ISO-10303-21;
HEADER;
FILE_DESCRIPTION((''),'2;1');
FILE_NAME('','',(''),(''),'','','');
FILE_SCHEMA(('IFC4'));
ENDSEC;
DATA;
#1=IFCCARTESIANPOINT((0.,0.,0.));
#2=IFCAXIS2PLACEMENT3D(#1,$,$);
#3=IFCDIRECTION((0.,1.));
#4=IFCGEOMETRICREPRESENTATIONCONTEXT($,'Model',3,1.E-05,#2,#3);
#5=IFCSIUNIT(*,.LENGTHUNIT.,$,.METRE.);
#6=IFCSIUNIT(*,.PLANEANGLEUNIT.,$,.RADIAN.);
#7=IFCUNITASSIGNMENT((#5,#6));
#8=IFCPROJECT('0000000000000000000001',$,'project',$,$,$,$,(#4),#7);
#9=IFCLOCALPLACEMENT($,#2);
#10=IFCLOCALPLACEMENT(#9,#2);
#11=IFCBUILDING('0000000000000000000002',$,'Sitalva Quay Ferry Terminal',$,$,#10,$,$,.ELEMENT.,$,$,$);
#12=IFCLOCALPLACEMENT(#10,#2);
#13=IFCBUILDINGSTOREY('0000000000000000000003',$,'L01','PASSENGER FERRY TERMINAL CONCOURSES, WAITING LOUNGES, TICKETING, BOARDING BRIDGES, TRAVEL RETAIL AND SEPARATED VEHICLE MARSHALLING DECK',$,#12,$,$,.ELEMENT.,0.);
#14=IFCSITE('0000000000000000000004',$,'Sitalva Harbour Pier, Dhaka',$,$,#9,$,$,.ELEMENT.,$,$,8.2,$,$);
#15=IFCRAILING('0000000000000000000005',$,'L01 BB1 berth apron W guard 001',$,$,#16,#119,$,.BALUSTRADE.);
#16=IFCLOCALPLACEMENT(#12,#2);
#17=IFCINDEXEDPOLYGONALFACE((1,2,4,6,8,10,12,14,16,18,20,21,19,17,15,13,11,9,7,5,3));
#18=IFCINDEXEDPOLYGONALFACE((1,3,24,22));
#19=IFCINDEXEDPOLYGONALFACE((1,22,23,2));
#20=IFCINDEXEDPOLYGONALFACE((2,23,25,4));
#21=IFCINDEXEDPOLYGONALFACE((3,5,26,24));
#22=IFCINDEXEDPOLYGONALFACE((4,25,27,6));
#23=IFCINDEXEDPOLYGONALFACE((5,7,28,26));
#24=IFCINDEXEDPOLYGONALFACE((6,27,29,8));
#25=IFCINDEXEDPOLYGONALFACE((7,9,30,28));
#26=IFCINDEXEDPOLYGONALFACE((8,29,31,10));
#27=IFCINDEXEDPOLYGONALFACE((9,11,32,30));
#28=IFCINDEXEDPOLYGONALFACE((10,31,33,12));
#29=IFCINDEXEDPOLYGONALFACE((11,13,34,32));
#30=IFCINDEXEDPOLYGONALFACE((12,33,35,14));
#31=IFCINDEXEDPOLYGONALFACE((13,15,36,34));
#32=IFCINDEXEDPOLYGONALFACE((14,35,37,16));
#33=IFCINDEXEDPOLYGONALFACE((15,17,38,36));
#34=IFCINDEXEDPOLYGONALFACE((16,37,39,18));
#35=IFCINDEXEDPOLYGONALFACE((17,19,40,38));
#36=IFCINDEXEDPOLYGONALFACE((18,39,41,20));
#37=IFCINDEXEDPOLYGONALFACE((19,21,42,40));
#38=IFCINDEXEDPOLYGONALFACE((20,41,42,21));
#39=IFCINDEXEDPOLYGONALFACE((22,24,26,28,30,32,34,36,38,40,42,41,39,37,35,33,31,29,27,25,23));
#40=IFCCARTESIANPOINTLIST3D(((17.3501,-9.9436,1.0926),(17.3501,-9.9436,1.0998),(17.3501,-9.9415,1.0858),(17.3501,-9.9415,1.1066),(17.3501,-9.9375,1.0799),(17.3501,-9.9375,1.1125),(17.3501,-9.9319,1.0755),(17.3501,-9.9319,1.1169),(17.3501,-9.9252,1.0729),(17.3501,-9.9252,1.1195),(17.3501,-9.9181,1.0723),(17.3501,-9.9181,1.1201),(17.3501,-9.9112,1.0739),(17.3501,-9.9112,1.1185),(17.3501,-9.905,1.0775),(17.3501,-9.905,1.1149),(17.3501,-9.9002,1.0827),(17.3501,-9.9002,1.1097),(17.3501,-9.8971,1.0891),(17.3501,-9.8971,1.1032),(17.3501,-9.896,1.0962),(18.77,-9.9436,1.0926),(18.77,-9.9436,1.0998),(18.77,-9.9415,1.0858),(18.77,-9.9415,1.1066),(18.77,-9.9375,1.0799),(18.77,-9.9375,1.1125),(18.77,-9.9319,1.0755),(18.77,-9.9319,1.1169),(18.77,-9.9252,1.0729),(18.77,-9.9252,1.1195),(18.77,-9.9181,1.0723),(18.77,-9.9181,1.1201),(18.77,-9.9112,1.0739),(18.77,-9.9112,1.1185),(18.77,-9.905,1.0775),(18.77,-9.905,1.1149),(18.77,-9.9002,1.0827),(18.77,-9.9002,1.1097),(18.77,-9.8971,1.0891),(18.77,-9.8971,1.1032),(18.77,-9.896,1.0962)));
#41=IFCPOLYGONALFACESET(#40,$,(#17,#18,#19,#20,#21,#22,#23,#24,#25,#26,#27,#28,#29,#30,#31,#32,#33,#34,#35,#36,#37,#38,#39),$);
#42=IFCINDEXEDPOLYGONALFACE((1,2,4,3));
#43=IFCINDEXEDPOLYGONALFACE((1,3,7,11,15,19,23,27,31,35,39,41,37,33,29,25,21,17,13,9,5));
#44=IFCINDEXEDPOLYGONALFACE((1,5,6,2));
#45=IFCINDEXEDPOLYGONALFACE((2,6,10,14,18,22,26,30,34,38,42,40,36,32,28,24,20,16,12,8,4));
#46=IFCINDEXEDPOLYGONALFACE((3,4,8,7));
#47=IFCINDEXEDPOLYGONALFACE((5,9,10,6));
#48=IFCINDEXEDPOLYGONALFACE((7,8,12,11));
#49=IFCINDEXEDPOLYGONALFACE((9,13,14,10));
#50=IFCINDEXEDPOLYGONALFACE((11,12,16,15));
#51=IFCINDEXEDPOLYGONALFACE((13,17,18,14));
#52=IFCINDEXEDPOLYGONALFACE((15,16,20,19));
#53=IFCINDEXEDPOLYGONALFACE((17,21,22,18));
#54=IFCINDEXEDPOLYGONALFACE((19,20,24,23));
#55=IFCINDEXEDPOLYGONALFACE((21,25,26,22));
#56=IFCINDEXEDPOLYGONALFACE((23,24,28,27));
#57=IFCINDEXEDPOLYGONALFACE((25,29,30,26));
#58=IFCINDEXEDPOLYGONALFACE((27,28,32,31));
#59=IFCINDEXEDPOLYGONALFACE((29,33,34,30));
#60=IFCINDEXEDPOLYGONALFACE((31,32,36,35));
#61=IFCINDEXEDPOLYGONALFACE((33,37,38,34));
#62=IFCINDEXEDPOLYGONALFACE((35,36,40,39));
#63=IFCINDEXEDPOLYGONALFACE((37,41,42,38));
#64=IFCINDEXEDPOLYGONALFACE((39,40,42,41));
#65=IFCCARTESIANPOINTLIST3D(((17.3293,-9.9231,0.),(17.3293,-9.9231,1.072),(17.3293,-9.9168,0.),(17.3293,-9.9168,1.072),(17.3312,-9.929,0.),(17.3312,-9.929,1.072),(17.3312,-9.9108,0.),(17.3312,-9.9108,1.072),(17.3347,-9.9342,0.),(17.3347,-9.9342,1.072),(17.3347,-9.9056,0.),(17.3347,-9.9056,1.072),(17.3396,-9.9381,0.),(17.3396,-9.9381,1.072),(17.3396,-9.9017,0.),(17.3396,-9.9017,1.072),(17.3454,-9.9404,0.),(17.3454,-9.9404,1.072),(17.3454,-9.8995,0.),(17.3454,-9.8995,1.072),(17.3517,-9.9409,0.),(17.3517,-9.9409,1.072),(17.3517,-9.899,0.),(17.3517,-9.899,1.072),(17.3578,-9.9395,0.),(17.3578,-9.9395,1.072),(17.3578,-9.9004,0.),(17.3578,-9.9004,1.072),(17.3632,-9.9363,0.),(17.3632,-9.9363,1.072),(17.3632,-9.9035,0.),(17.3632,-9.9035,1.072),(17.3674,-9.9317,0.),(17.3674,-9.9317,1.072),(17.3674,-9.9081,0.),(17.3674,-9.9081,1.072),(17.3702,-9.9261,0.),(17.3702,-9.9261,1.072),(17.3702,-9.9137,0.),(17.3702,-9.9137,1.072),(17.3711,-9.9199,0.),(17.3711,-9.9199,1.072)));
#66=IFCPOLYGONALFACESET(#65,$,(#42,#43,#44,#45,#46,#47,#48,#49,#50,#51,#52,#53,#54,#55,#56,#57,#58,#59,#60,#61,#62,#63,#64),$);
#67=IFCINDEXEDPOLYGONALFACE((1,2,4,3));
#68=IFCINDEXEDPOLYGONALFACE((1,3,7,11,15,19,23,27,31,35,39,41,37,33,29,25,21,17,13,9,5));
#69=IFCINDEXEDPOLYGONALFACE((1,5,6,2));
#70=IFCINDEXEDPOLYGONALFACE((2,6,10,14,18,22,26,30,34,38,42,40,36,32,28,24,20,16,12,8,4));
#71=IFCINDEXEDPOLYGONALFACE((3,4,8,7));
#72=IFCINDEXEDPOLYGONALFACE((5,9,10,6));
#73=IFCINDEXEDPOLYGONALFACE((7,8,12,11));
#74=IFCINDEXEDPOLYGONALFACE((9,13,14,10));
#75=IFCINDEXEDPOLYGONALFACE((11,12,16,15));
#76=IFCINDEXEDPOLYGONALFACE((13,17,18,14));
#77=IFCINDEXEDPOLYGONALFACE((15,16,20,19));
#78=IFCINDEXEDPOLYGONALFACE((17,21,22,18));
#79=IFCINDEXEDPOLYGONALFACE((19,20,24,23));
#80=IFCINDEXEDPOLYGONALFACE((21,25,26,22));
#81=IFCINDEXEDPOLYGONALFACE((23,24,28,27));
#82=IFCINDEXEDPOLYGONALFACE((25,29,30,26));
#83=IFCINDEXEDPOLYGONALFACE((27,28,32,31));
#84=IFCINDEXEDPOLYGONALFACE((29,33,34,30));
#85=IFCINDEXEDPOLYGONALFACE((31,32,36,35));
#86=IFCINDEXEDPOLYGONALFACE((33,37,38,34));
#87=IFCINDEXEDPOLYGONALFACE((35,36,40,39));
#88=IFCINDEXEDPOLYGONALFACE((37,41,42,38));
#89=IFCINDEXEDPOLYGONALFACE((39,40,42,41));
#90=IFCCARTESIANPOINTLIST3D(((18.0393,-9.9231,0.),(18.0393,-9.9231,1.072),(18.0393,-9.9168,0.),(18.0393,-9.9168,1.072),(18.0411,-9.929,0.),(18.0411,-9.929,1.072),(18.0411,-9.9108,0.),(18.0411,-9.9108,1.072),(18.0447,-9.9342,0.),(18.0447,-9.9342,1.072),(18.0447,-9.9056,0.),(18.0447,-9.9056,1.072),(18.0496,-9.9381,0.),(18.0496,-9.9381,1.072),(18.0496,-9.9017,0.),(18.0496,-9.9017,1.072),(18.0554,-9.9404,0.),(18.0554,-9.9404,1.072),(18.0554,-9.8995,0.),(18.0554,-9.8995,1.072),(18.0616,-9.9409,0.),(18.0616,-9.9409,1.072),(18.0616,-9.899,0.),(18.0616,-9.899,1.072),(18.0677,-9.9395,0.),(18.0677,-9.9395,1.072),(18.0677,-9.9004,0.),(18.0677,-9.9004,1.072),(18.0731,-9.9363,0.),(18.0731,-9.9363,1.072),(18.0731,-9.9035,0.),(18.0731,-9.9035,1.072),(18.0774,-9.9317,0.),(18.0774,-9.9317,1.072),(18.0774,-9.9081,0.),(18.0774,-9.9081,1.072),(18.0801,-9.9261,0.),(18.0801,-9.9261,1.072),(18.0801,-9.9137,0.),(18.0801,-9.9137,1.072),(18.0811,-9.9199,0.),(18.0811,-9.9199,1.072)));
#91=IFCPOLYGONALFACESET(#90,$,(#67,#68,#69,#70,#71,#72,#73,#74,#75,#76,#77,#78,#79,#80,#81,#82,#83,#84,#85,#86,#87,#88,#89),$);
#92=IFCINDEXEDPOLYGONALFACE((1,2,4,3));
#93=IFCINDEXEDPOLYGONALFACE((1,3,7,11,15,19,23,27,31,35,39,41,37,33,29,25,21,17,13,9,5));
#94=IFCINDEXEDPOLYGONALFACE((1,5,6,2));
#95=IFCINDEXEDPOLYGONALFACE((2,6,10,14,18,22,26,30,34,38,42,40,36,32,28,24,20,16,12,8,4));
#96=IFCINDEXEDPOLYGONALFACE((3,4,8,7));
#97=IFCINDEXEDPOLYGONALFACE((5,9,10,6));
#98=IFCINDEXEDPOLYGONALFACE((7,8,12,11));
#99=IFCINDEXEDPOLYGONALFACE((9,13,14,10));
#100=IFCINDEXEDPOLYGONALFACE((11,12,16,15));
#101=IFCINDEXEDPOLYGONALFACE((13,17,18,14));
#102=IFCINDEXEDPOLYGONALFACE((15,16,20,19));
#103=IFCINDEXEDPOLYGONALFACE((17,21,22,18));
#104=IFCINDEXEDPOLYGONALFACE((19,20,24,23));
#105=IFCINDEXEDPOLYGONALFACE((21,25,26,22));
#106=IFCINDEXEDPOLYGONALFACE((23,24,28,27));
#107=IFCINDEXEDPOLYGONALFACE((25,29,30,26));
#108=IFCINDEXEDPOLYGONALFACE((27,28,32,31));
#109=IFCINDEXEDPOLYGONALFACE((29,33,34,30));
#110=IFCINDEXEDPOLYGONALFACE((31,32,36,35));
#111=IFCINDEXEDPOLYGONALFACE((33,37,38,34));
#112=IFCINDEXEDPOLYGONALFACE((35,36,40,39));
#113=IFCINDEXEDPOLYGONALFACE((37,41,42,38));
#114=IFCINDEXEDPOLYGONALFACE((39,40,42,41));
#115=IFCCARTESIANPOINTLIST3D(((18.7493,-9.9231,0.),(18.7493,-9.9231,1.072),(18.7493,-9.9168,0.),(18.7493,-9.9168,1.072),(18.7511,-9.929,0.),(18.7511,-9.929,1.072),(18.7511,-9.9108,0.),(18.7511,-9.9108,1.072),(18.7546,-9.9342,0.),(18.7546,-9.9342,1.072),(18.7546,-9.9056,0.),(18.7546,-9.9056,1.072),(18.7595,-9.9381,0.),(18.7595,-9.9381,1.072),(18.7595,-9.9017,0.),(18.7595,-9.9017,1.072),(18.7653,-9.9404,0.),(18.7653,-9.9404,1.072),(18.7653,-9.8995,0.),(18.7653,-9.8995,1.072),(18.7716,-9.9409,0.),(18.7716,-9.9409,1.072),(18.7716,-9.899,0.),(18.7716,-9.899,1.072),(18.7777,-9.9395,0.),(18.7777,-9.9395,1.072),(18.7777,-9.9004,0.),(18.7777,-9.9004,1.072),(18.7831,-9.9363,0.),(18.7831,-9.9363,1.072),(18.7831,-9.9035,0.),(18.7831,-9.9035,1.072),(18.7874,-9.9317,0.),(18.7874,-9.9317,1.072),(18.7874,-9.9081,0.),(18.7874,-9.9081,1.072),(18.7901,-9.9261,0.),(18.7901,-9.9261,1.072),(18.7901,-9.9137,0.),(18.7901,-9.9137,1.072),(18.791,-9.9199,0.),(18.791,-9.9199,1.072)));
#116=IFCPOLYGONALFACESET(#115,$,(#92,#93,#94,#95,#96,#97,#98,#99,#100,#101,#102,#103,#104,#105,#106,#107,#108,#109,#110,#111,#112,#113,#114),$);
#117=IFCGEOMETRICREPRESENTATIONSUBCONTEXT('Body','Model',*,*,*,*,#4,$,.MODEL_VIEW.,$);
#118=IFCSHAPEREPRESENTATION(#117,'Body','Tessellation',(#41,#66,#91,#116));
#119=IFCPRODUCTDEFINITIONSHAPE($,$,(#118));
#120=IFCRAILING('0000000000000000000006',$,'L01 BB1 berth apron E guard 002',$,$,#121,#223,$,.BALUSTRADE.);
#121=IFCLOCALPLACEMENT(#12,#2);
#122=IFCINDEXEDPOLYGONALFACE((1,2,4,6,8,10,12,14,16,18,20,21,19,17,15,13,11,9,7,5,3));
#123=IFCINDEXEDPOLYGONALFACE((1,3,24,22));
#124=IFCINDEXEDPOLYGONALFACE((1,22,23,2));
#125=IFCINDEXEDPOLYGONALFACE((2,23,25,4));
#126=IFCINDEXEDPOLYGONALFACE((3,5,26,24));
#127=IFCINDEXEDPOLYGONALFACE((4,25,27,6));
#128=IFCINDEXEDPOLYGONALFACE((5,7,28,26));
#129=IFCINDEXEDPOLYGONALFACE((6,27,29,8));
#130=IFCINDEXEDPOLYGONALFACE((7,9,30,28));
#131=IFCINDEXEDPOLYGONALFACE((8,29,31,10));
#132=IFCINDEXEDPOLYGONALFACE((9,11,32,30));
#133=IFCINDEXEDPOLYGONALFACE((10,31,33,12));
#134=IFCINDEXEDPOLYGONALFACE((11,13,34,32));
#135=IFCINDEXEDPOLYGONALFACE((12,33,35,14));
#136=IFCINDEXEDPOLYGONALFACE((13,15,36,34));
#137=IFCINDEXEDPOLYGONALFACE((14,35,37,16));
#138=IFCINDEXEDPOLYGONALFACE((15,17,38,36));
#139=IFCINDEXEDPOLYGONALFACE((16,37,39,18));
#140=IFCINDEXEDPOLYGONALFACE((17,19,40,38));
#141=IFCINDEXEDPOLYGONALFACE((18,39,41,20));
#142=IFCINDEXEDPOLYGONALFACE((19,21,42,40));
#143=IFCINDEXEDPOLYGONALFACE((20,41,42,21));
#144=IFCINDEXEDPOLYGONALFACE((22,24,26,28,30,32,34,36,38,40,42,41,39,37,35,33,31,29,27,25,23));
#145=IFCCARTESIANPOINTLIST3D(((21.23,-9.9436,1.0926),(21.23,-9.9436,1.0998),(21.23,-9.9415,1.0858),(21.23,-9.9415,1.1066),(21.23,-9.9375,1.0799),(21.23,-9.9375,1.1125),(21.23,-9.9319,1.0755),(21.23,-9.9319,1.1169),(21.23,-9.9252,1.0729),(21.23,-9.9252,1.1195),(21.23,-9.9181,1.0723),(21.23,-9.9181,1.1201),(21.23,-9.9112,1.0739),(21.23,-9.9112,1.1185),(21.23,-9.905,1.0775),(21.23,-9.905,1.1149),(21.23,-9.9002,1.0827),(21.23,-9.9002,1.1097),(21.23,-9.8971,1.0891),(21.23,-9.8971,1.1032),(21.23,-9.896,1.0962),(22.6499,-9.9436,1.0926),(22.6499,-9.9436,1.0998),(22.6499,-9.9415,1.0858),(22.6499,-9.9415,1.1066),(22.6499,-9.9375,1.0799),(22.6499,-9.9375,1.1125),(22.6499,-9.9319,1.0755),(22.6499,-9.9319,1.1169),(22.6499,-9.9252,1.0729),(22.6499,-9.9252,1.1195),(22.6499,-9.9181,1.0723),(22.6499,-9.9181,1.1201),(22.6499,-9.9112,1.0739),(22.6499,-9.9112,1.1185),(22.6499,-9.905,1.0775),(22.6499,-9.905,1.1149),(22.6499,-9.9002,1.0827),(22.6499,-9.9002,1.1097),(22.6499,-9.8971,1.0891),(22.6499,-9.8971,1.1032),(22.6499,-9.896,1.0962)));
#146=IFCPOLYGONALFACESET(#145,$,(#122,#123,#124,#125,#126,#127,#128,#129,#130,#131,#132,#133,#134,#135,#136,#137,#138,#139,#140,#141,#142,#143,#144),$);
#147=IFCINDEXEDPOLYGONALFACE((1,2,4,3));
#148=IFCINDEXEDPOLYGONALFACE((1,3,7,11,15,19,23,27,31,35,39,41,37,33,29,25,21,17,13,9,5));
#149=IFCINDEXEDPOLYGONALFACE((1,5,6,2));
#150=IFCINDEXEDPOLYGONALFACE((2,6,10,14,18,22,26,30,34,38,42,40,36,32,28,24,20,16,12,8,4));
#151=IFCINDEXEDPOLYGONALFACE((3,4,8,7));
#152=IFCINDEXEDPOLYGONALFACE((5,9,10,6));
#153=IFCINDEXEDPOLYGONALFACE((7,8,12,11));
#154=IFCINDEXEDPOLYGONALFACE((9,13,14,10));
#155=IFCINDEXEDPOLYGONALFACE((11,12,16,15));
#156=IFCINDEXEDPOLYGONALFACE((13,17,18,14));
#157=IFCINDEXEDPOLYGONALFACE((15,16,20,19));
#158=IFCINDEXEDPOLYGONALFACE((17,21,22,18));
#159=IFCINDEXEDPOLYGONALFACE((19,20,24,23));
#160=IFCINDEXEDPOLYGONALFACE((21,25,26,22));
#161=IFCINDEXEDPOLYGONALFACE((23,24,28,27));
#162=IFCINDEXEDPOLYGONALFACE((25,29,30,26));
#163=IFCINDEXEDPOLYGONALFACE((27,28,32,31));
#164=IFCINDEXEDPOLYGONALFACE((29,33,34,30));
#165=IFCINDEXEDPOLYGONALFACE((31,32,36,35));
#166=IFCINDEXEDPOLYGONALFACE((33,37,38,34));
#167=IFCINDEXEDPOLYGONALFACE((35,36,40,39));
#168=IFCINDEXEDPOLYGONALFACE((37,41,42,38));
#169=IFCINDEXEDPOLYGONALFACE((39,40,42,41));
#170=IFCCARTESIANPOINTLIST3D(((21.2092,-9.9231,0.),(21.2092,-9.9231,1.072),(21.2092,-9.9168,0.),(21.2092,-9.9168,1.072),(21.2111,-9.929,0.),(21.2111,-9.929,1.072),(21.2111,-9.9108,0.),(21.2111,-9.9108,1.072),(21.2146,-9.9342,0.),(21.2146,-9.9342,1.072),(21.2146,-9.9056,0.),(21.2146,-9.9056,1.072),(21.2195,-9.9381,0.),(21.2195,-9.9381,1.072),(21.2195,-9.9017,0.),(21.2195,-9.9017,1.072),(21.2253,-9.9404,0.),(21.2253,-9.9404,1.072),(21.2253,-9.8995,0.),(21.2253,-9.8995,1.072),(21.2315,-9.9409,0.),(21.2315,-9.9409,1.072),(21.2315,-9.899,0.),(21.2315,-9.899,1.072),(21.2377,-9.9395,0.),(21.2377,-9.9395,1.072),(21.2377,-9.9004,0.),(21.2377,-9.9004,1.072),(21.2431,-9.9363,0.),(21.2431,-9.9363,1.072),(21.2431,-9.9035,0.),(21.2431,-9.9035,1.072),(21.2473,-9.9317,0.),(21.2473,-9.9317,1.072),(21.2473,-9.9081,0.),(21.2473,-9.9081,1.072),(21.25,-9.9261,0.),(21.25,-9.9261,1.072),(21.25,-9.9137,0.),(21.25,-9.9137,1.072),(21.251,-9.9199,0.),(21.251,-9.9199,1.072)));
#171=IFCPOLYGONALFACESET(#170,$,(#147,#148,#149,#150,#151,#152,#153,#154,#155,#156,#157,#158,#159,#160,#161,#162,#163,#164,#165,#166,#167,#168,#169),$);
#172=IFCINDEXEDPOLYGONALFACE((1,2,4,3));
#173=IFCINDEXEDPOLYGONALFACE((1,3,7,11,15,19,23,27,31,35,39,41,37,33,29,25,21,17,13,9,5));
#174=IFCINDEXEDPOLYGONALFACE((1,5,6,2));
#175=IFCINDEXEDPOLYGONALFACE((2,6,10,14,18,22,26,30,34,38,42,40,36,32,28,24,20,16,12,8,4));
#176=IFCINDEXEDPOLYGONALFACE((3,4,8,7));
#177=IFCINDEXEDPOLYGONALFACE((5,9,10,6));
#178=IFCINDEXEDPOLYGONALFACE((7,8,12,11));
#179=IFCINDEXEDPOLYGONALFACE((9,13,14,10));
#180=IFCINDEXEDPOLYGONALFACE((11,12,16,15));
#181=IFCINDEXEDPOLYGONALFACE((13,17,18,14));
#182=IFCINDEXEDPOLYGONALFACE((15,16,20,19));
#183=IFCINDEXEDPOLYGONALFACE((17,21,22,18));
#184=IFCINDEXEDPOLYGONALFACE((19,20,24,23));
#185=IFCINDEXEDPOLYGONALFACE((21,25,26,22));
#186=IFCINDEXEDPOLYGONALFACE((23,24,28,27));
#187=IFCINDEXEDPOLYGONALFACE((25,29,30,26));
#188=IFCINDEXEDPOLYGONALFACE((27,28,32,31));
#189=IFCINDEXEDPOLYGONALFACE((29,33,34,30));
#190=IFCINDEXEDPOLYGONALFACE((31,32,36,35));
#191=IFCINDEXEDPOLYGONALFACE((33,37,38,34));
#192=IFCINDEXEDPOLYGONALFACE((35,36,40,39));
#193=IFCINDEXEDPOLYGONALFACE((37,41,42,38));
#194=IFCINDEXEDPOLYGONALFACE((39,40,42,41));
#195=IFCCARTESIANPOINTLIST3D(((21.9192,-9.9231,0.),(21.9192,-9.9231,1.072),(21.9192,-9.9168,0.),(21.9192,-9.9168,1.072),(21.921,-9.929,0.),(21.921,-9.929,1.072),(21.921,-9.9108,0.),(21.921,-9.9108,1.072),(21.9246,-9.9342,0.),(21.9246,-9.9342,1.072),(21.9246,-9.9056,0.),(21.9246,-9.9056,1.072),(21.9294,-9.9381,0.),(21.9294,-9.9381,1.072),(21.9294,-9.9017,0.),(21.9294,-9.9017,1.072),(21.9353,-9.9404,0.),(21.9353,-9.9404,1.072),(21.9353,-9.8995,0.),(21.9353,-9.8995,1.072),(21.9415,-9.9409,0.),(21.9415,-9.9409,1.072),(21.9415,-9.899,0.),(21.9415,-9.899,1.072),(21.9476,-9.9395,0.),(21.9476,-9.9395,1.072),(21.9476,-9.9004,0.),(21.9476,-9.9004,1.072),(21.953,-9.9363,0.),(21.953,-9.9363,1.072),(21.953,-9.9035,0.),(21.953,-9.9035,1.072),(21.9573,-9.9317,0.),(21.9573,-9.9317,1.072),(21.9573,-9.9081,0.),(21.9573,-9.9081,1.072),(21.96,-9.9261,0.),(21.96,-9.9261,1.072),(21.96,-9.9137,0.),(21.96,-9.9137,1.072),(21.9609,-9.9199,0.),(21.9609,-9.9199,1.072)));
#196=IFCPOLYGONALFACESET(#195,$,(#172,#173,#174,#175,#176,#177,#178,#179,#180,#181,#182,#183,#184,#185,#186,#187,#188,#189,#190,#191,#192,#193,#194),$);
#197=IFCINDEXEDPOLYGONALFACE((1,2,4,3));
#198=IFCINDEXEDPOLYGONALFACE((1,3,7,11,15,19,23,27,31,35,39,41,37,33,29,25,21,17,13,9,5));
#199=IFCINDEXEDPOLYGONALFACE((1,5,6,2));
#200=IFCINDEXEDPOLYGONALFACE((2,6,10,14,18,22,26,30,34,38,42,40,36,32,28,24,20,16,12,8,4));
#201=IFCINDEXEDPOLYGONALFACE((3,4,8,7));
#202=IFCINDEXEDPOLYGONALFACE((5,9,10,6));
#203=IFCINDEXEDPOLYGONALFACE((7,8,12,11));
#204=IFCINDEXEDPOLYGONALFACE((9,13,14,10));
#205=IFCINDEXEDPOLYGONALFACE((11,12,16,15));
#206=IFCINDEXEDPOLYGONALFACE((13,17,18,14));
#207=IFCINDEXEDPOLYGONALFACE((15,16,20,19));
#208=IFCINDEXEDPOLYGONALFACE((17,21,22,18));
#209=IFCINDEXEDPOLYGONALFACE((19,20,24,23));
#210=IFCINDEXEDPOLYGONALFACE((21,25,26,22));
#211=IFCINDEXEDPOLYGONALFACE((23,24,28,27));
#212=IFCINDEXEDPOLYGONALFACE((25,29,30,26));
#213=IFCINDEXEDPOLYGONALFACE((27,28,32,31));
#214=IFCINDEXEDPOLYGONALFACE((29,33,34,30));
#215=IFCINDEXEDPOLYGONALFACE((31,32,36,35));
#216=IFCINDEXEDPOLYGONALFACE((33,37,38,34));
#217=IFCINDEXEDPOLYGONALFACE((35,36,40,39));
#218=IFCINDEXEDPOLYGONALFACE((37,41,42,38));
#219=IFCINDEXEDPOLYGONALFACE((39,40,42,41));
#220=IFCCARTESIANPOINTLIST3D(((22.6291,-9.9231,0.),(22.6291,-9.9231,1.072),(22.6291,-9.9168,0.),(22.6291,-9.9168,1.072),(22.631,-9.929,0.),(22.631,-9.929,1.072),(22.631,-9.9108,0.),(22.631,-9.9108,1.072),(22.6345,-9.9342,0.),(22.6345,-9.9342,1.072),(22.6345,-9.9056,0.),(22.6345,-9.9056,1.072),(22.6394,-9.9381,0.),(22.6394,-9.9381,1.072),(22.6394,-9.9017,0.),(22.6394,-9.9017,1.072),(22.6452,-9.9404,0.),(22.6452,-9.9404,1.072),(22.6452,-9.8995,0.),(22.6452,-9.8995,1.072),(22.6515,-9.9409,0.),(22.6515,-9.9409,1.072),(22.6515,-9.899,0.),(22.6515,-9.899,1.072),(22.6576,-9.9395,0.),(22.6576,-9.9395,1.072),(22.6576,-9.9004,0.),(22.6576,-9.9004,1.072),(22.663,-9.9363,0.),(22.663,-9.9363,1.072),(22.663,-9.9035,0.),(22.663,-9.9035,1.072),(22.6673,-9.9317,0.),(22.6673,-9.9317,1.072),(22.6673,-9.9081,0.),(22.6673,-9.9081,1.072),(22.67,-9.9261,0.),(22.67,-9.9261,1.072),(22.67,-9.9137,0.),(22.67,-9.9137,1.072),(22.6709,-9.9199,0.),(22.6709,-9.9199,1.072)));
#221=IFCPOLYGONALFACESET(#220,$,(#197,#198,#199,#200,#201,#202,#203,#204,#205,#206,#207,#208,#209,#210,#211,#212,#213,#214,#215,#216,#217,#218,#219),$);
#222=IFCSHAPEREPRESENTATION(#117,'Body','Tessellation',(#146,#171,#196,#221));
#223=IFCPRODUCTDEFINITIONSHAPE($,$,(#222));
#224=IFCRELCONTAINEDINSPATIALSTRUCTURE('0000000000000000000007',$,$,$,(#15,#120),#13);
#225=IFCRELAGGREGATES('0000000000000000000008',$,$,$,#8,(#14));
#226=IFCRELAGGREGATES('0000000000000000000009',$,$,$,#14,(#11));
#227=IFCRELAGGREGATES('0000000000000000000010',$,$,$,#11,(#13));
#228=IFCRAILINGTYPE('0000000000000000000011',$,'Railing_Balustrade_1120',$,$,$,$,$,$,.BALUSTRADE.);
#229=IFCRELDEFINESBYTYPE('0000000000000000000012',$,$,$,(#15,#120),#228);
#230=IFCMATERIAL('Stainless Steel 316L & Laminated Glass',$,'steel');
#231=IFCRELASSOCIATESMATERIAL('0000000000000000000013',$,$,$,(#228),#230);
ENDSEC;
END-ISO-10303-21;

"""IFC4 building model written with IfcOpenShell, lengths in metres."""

from ifc_helpers import new_model, si_unit, direction, frame, origin, origin_2d, place, context, subcontext, project, spatial, circle, extrude, material, type_object, element, save


model = new_model("IFC4")

# Units and contexts
model_context = context("Model", 3, precision=1e-05, world=origin(), true_north=direction((0.0, 1.0)))
body_context = subcontext(model_context, "Body", "Model", "MODEL_VIEW")
ifc_project = project(units=[si_unit("LENGTHUNIT", "METRE"), si_unit("PLANEANGLEUNIT", "RADIAN")], contexts=[model_context])

# Site, building, storey
site_placement = place(None, origin())
site = spatial("IfcSite", under=ifc_project, at=site_placement, Name="Sitalva Harbour Pier, Dhaka", CompositionType="ELEMENT", RefElevation=8.2)
building_placement = place(site_placement, origin())
building = spatial("IfcBuilding", under=site, at=building_placement, Name="Sitalva Quay Ferry Terminal", CompositionType="ELEMENT")
storey_placement = place(building_placement, origin())
storey = spatial("IfcBuildingStorey", under=building, at=storey_placement, Name="L01", Description="PASSENGER FERRY TERMINAL CONCOURSES, WAITING LOUNGES, TICKETING, BOARDING BRIDGES, TRAVEL RETAIL AND SEPARATED VEHICLE MARSHALLING DECK", CompositionType="ELEMENT", Elevation=0.0)

# Railings
ifc_material_1 = material(Name="Stainless Steel 316L & Laminated Glass", Category="steel")
railing_type = type_object("IfcRailingType", Name="Railing_Balustrade_1120", PredefinedType="BALUSTRADE", material=ifc_material_1)
for number, where, name in (
    (1, (17.3501, -9.9199, 0.0), "L01 BB1 berth apron W guard 001"),
    (2, (21.23, -9.9199, 0.0), "L01 BB1 berth apron E guard 002"),
):
    element("IfcRailing", number, at=place(storey_placement, frame(where)), inside=storey, type_object=railing_type, Name=name, PredefinedType="BALUSTRADE", context=body_context, shape_type="SweptSolid", body=[
        extrude(circle(Radius=0.0239, at=origin_2d()), frame((0.0, 0.0, 1.0962), z_axis=(1.0, 0.0, 0.0), x_axis=(0.0, 1.0, 0.0)), (0.0, 0.0, 1.0), 1.4199),
        extrude(circle(Radius=0.021, at=origin_2d()), origin(), (0.0, 0.0, 1.0), 1.072),
        extrude(circle(Radius=0.021, at=origin_2d()), frame((0.71, 0.0, 0.0)), (0.0, 0.0, 1.0), 1.072),
        extrude(circle(Radius=0.021, at=origin_2d()), frame((1.4199, 0.0, 0.0)), (0.0, 0.0, 1.0), 1.072),
    ])

save(model, "model.ifc")
